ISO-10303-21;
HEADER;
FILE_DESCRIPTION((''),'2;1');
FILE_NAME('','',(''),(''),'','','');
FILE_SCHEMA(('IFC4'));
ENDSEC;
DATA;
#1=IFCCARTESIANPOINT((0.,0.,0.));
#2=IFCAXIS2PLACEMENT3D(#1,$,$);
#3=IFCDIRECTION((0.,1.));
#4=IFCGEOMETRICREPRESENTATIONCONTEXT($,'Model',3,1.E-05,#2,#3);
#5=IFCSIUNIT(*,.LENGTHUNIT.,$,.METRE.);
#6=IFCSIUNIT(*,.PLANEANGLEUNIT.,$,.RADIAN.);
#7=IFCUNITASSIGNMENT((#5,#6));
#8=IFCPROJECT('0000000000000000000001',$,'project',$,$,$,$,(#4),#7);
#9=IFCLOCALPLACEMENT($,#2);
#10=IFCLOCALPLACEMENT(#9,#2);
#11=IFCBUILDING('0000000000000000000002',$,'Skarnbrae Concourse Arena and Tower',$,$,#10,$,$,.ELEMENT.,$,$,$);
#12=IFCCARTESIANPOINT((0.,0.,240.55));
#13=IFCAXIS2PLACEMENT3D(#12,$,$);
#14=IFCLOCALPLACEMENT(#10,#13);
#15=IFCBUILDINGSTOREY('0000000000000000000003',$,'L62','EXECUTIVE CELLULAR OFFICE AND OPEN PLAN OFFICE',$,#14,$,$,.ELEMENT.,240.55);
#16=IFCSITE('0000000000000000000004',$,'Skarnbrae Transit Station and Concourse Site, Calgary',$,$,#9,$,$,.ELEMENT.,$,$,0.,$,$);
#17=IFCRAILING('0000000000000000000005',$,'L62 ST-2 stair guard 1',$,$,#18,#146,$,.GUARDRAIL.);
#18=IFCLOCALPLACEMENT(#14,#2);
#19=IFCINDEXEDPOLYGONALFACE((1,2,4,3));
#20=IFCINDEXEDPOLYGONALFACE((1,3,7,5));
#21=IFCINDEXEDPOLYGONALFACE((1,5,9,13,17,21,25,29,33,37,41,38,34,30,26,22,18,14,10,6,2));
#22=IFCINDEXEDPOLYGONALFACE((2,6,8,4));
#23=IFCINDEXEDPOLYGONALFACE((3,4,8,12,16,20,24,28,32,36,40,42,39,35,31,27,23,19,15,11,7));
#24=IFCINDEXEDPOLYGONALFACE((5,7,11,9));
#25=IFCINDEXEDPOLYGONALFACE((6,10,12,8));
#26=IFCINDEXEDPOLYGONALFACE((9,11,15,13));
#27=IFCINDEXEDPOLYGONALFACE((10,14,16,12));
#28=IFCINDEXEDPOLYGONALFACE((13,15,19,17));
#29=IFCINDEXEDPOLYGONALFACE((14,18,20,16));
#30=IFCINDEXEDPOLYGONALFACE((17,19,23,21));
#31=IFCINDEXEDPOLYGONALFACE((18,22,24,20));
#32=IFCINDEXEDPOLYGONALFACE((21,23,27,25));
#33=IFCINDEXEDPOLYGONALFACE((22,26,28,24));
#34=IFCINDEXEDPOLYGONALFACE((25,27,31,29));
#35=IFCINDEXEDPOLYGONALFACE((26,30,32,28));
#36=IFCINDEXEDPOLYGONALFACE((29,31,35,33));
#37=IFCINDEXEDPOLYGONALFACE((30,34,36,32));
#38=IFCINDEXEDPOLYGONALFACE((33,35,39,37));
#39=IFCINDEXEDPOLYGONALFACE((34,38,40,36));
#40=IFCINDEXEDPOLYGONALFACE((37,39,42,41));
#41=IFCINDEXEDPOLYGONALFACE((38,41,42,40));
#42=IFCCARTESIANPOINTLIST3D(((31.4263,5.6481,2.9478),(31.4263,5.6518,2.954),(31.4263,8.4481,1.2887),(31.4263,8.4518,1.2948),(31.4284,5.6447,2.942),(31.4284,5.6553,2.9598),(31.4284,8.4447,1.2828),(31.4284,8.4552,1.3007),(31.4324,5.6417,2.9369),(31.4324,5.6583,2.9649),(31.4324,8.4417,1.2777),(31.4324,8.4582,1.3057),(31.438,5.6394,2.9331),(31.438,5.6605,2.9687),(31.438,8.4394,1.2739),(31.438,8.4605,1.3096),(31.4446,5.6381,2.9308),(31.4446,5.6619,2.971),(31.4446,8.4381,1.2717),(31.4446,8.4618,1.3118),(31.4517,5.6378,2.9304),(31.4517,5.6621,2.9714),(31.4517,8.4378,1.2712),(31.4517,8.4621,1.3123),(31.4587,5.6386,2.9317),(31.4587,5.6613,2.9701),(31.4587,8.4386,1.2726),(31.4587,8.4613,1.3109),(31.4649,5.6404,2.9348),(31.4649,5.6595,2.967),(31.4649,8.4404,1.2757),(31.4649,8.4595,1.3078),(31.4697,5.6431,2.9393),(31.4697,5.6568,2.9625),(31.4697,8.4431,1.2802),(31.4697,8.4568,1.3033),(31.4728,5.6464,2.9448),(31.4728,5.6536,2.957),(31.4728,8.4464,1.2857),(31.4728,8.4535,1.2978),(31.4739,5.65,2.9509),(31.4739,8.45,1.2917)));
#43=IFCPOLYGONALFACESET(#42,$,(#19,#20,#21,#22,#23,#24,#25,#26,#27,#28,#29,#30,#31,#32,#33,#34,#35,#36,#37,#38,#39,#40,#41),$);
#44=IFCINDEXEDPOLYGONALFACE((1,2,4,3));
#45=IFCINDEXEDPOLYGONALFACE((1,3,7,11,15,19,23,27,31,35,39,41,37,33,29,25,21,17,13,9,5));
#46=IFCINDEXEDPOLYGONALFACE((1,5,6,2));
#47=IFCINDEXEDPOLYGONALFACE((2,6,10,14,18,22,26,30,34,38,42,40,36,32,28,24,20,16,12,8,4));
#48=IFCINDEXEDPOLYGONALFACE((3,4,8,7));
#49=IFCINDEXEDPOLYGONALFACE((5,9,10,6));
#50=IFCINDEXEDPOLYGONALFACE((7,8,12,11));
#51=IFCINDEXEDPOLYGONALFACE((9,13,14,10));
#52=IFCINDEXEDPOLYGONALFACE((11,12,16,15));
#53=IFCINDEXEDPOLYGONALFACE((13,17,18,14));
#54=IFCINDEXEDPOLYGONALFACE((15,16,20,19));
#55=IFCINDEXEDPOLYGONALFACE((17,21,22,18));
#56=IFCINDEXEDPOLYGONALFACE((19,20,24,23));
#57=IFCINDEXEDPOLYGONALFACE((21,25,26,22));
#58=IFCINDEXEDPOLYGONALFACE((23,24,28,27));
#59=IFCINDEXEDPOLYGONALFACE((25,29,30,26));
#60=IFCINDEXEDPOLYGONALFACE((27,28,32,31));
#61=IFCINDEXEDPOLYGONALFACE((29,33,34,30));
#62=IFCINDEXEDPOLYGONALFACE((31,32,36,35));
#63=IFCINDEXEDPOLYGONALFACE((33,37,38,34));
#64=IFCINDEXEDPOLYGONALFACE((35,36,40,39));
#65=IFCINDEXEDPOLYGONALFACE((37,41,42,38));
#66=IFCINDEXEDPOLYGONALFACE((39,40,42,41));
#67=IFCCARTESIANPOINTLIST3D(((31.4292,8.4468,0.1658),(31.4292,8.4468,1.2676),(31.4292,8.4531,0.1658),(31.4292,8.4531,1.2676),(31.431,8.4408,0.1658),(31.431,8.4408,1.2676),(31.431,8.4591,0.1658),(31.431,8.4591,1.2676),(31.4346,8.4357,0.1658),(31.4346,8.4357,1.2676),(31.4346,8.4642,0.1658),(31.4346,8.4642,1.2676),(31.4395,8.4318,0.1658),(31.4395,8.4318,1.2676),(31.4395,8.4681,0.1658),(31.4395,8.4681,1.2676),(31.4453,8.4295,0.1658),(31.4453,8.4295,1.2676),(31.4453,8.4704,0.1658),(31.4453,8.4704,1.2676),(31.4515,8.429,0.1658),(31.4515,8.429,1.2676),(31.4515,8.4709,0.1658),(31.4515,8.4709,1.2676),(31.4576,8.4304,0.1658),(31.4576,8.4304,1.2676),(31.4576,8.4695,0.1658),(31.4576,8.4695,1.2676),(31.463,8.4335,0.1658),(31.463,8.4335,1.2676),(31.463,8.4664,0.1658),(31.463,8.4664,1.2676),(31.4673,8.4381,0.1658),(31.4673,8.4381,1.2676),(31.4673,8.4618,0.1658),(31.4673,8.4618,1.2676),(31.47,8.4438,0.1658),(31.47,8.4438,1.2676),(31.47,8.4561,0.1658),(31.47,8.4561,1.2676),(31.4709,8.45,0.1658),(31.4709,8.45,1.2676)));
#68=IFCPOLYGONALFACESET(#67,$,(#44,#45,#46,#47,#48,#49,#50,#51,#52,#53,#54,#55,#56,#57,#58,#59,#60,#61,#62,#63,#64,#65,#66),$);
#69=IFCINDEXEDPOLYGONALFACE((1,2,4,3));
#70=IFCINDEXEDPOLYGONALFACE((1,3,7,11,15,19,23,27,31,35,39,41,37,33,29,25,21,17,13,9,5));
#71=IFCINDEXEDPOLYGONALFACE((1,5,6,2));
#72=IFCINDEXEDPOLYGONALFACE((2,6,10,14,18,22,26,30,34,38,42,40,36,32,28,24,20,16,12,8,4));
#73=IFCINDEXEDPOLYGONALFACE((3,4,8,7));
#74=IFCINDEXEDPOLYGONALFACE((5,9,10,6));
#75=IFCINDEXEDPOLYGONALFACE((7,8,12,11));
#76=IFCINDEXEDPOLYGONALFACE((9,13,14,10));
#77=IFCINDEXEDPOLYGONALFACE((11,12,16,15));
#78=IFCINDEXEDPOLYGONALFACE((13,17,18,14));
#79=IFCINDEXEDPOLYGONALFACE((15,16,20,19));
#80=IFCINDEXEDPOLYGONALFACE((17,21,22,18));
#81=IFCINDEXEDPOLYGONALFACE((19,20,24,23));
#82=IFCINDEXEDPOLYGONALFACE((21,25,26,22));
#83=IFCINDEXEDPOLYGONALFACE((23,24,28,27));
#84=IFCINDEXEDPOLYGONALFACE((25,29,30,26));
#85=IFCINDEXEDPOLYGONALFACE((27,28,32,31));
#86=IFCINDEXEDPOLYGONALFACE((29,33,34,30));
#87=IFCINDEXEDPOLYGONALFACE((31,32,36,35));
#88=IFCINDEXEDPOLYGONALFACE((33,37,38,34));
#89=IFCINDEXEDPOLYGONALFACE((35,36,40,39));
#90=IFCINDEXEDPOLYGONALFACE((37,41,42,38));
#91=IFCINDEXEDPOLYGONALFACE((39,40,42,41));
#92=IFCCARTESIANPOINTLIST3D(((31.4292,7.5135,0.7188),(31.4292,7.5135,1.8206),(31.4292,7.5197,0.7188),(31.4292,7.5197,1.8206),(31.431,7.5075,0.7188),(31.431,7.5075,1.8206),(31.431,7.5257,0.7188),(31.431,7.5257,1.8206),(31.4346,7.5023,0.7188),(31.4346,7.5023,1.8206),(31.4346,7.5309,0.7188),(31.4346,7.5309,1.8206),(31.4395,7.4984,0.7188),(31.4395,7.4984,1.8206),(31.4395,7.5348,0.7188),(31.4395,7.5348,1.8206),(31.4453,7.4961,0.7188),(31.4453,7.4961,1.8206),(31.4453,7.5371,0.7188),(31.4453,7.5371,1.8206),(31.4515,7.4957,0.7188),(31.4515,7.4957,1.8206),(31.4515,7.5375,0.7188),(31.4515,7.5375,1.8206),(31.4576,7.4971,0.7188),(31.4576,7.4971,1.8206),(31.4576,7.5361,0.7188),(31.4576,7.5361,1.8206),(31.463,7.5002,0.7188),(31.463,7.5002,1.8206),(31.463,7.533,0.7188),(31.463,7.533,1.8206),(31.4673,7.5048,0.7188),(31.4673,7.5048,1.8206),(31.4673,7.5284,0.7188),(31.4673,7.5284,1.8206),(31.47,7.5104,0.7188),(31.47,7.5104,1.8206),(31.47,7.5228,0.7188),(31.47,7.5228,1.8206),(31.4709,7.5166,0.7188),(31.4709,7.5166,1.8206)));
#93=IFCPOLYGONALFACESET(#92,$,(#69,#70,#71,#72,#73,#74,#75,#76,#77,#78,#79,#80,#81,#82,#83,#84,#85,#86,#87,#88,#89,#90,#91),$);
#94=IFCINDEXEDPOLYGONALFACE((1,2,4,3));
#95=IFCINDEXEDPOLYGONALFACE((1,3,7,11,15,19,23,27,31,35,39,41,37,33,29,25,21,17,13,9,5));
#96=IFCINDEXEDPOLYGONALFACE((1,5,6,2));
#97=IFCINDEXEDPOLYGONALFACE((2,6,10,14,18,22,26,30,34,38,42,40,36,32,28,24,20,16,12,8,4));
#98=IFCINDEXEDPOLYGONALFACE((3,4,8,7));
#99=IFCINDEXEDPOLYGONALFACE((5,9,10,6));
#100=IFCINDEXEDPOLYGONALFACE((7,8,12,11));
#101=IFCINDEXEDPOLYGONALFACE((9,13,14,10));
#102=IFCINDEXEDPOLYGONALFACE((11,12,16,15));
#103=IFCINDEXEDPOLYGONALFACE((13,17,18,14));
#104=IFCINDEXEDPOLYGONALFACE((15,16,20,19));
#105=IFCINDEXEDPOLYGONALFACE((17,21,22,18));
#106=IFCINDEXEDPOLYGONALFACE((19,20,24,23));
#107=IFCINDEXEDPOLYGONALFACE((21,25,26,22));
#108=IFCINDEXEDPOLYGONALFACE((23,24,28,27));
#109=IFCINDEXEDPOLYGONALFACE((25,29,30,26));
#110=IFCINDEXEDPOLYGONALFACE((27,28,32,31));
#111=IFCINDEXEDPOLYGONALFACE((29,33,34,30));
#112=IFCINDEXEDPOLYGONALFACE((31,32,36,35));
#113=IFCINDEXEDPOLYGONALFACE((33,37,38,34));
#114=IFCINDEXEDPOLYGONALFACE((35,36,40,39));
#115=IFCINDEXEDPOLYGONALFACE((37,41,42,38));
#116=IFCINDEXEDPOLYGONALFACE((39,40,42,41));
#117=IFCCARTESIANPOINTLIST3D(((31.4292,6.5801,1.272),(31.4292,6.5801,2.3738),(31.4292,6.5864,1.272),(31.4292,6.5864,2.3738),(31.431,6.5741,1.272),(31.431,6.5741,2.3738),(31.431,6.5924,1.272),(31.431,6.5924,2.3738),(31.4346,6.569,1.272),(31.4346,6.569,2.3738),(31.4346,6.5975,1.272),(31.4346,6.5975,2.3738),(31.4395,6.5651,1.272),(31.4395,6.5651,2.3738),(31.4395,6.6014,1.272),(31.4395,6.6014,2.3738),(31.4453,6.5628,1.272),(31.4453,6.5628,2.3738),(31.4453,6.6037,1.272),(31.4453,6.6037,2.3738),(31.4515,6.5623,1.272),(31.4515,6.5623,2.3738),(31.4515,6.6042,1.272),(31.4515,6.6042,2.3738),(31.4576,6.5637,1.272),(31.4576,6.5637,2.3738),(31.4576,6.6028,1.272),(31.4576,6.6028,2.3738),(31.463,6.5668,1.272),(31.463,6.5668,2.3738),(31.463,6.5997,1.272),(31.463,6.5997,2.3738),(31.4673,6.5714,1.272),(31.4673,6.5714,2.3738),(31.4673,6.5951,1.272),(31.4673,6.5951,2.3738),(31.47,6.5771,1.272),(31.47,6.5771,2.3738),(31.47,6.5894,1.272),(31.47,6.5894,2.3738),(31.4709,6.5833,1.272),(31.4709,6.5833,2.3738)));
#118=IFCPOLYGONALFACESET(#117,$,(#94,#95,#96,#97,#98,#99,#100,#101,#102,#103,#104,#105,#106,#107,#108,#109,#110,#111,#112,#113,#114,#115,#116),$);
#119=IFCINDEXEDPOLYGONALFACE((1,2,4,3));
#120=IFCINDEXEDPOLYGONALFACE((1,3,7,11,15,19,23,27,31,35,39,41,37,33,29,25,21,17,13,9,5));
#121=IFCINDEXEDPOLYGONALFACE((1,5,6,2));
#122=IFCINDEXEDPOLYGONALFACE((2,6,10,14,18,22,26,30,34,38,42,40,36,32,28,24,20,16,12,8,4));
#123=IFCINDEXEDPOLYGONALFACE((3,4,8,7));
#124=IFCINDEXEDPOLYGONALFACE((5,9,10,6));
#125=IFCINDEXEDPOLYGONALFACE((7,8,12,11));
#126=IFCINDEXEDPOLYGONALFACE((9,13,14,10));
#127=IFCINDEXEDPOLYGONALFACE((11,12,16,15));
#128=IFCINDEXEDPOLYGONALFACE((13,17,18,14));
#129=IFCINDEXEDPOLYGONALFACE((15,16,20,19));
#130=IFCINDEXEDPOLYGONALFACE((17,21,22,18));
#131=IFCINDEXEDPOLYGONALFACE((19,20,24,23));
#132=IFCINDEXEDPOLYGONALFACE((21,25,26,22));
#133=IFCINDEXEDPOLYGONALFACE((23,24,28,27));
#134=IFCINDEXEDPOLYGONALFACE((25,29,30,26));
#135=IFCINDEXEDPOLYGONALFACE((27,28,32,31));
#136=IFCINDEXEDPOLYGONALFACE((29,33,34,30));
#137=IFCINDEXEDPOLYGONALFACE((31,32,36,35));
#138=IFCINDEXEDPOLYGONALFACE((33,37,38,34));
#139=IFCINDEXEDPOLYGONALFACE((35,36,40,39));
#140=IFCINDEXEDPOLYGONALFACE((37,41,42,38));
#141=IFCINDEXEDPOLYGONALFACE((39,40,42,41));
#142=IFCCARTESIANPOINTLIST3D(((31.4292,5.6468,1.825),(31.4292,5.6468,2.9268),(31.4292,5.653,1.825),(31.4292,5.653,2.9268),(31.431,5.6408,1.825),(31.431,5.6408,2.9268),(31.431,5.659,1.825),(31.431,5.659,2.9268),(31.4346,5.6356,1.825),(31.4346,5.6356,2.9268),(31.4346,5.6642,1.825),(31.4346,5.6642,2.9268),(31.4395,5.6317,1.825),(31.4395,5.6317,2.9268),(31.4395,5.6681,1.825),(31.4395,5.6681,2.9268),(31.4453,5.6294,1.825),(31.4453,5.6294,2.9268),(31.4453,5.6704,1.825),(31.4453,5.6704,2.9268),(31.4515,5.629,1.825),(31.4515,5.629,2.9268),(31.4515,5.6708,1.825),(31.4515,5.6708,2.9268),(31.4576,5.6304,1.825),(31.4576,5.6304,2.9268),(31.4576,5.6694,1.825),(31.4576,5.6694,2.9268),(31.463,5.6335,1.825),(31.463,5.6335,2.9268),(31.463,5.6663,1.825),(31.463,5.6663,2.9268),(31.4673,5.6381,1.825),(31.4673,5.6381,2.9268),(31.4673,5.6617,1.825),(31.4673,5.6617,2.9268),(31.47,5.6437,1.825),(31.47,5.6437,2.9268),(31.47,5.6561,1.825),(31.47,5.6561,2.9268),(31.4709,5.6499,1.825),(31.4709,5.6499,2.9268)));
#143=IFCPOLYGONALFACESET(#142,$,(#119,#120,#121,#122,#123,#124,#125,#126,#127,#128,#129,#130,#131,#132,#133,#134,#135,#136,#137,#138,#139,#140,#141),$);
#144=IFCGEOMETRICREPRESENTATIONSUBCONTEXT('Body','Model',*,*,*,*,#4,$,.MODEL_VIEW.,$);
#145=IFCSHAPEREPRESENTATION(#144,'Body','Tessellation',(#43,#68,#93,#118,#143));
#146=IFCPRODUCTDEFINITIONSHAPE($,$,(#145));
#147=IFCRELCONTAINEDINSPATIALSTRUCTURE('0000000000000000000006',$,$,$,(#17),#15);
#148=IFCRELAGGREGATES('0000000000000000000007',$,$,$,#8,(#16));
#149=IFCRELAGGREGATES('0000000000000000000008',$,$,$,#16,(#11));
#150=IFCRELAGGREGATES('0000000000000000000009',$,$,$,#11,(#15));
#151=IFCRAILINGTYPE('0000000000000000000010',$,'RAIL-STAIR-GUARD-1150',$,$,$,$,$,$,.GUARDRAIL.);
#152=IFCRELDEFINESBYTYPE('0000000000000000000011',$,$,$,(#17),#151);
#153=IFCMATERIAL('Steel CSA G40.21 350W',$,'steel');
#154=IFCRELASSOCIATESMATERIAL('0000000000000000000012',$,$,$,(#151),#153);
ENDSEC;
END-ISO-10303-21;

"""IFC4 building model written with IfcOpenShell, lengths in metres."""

from ifc_helpers import new_model, si_unit, direction, frame, origin, origin_2d, place, context, subcontext, project, spatial, circle, extrude, material, type_object, element, save


model = new_model("IFC4")

# Units and contexts
model_context = context("Model", 3, precision=1e-05, world=origin(), true_north=direction((0.0, 1.0)))
body_context = subcontext(model_context, "Body", "Model", "MODEL_VIEW")
ifc_project = project(units=[si_unit("LENGTHUNIT", "METRE"), si_unit("PLANEANGLEUNIT", "RADIAN")], contexts=[model_context])

# Site, building, storey
site_placement = place(None, origin())
site = spatial("IfcSite", under=ifc_project, at=site_placement, Name="Skarnbrae Transit Station and Concourse Site, Calgary", CompositionType="ELEMENT", RefElevation=0.0)
building_placement = place(site_placement, origin())
building = spatial("IfcBuilding", under=site, at=building_placement, Name="Skarnbrae Concourse Arena and Tower", CompositionType="ELEMENT")
storey_placement = place(building_placement, frame((0.0, 0.0, 240.55)))
storey = spatial("IfcBuildingStorey", under=building, at=storey_placement, Name="L62", Description="EXECUTIVE CELLULAR OFFICE AND OPEN PLAN OFFICE", CompositionType="ELEMENT", Elevation=240.55)

# Shared definitions
ifc_material_1 = material(Name="Steel CSA G40.21 350W", Category="steel")

# Railing
railing_type = type_object("IfcRailingType", Name="RAIL-STAIR-GUARD-1150", PredefinedType="GUARDRAIL", material=ifc_material_1)
railing_1_placement = place(storey_placement, frame((31.45, 8.45, 0.1658)))
element("IfcRailing", 1, at=railing_1_placement, inside=storey, type_object=railing_type, Name="L62 ST-2 stair guard 1", PredefinedType="GUARDRAIL", context=body_context, shape_type="SweptSolid", body=[
    extrude(circle(Radius=0.0239, at=origin_2d()), frame((0.0, 0.0, 1.126), z_axis=(0.0, -0.860306, 0.509778), x_axis=(1.0, 0.0, 0.0)), (0.0, 0.0, 1.0), 3.2546),
    extrude(circle(Radius=0.021, at=origin_2d()), origin(), (0.0, 0.0, 1.0), 1.1018),
    extrude(circle(Radius=0.021, at=origin_2d()), frame((0.0, -0.9333, 0.553)), (0.0, 0.0, 1.0), 1.1018),
    extrude(circle(Radius=0.021, at=origin_2d()), frame((0.0, -1.8667, 1.1062)), (0.0, 0.0, 1.0), 1.1018),
    extrude(circle(Radius=0.021, at=origin_2d()), frame((0.0, -2.8, 1.6592)), (0.0, 0.0, 1.0), 1.1018),
])

save(model, "model.ifc")
